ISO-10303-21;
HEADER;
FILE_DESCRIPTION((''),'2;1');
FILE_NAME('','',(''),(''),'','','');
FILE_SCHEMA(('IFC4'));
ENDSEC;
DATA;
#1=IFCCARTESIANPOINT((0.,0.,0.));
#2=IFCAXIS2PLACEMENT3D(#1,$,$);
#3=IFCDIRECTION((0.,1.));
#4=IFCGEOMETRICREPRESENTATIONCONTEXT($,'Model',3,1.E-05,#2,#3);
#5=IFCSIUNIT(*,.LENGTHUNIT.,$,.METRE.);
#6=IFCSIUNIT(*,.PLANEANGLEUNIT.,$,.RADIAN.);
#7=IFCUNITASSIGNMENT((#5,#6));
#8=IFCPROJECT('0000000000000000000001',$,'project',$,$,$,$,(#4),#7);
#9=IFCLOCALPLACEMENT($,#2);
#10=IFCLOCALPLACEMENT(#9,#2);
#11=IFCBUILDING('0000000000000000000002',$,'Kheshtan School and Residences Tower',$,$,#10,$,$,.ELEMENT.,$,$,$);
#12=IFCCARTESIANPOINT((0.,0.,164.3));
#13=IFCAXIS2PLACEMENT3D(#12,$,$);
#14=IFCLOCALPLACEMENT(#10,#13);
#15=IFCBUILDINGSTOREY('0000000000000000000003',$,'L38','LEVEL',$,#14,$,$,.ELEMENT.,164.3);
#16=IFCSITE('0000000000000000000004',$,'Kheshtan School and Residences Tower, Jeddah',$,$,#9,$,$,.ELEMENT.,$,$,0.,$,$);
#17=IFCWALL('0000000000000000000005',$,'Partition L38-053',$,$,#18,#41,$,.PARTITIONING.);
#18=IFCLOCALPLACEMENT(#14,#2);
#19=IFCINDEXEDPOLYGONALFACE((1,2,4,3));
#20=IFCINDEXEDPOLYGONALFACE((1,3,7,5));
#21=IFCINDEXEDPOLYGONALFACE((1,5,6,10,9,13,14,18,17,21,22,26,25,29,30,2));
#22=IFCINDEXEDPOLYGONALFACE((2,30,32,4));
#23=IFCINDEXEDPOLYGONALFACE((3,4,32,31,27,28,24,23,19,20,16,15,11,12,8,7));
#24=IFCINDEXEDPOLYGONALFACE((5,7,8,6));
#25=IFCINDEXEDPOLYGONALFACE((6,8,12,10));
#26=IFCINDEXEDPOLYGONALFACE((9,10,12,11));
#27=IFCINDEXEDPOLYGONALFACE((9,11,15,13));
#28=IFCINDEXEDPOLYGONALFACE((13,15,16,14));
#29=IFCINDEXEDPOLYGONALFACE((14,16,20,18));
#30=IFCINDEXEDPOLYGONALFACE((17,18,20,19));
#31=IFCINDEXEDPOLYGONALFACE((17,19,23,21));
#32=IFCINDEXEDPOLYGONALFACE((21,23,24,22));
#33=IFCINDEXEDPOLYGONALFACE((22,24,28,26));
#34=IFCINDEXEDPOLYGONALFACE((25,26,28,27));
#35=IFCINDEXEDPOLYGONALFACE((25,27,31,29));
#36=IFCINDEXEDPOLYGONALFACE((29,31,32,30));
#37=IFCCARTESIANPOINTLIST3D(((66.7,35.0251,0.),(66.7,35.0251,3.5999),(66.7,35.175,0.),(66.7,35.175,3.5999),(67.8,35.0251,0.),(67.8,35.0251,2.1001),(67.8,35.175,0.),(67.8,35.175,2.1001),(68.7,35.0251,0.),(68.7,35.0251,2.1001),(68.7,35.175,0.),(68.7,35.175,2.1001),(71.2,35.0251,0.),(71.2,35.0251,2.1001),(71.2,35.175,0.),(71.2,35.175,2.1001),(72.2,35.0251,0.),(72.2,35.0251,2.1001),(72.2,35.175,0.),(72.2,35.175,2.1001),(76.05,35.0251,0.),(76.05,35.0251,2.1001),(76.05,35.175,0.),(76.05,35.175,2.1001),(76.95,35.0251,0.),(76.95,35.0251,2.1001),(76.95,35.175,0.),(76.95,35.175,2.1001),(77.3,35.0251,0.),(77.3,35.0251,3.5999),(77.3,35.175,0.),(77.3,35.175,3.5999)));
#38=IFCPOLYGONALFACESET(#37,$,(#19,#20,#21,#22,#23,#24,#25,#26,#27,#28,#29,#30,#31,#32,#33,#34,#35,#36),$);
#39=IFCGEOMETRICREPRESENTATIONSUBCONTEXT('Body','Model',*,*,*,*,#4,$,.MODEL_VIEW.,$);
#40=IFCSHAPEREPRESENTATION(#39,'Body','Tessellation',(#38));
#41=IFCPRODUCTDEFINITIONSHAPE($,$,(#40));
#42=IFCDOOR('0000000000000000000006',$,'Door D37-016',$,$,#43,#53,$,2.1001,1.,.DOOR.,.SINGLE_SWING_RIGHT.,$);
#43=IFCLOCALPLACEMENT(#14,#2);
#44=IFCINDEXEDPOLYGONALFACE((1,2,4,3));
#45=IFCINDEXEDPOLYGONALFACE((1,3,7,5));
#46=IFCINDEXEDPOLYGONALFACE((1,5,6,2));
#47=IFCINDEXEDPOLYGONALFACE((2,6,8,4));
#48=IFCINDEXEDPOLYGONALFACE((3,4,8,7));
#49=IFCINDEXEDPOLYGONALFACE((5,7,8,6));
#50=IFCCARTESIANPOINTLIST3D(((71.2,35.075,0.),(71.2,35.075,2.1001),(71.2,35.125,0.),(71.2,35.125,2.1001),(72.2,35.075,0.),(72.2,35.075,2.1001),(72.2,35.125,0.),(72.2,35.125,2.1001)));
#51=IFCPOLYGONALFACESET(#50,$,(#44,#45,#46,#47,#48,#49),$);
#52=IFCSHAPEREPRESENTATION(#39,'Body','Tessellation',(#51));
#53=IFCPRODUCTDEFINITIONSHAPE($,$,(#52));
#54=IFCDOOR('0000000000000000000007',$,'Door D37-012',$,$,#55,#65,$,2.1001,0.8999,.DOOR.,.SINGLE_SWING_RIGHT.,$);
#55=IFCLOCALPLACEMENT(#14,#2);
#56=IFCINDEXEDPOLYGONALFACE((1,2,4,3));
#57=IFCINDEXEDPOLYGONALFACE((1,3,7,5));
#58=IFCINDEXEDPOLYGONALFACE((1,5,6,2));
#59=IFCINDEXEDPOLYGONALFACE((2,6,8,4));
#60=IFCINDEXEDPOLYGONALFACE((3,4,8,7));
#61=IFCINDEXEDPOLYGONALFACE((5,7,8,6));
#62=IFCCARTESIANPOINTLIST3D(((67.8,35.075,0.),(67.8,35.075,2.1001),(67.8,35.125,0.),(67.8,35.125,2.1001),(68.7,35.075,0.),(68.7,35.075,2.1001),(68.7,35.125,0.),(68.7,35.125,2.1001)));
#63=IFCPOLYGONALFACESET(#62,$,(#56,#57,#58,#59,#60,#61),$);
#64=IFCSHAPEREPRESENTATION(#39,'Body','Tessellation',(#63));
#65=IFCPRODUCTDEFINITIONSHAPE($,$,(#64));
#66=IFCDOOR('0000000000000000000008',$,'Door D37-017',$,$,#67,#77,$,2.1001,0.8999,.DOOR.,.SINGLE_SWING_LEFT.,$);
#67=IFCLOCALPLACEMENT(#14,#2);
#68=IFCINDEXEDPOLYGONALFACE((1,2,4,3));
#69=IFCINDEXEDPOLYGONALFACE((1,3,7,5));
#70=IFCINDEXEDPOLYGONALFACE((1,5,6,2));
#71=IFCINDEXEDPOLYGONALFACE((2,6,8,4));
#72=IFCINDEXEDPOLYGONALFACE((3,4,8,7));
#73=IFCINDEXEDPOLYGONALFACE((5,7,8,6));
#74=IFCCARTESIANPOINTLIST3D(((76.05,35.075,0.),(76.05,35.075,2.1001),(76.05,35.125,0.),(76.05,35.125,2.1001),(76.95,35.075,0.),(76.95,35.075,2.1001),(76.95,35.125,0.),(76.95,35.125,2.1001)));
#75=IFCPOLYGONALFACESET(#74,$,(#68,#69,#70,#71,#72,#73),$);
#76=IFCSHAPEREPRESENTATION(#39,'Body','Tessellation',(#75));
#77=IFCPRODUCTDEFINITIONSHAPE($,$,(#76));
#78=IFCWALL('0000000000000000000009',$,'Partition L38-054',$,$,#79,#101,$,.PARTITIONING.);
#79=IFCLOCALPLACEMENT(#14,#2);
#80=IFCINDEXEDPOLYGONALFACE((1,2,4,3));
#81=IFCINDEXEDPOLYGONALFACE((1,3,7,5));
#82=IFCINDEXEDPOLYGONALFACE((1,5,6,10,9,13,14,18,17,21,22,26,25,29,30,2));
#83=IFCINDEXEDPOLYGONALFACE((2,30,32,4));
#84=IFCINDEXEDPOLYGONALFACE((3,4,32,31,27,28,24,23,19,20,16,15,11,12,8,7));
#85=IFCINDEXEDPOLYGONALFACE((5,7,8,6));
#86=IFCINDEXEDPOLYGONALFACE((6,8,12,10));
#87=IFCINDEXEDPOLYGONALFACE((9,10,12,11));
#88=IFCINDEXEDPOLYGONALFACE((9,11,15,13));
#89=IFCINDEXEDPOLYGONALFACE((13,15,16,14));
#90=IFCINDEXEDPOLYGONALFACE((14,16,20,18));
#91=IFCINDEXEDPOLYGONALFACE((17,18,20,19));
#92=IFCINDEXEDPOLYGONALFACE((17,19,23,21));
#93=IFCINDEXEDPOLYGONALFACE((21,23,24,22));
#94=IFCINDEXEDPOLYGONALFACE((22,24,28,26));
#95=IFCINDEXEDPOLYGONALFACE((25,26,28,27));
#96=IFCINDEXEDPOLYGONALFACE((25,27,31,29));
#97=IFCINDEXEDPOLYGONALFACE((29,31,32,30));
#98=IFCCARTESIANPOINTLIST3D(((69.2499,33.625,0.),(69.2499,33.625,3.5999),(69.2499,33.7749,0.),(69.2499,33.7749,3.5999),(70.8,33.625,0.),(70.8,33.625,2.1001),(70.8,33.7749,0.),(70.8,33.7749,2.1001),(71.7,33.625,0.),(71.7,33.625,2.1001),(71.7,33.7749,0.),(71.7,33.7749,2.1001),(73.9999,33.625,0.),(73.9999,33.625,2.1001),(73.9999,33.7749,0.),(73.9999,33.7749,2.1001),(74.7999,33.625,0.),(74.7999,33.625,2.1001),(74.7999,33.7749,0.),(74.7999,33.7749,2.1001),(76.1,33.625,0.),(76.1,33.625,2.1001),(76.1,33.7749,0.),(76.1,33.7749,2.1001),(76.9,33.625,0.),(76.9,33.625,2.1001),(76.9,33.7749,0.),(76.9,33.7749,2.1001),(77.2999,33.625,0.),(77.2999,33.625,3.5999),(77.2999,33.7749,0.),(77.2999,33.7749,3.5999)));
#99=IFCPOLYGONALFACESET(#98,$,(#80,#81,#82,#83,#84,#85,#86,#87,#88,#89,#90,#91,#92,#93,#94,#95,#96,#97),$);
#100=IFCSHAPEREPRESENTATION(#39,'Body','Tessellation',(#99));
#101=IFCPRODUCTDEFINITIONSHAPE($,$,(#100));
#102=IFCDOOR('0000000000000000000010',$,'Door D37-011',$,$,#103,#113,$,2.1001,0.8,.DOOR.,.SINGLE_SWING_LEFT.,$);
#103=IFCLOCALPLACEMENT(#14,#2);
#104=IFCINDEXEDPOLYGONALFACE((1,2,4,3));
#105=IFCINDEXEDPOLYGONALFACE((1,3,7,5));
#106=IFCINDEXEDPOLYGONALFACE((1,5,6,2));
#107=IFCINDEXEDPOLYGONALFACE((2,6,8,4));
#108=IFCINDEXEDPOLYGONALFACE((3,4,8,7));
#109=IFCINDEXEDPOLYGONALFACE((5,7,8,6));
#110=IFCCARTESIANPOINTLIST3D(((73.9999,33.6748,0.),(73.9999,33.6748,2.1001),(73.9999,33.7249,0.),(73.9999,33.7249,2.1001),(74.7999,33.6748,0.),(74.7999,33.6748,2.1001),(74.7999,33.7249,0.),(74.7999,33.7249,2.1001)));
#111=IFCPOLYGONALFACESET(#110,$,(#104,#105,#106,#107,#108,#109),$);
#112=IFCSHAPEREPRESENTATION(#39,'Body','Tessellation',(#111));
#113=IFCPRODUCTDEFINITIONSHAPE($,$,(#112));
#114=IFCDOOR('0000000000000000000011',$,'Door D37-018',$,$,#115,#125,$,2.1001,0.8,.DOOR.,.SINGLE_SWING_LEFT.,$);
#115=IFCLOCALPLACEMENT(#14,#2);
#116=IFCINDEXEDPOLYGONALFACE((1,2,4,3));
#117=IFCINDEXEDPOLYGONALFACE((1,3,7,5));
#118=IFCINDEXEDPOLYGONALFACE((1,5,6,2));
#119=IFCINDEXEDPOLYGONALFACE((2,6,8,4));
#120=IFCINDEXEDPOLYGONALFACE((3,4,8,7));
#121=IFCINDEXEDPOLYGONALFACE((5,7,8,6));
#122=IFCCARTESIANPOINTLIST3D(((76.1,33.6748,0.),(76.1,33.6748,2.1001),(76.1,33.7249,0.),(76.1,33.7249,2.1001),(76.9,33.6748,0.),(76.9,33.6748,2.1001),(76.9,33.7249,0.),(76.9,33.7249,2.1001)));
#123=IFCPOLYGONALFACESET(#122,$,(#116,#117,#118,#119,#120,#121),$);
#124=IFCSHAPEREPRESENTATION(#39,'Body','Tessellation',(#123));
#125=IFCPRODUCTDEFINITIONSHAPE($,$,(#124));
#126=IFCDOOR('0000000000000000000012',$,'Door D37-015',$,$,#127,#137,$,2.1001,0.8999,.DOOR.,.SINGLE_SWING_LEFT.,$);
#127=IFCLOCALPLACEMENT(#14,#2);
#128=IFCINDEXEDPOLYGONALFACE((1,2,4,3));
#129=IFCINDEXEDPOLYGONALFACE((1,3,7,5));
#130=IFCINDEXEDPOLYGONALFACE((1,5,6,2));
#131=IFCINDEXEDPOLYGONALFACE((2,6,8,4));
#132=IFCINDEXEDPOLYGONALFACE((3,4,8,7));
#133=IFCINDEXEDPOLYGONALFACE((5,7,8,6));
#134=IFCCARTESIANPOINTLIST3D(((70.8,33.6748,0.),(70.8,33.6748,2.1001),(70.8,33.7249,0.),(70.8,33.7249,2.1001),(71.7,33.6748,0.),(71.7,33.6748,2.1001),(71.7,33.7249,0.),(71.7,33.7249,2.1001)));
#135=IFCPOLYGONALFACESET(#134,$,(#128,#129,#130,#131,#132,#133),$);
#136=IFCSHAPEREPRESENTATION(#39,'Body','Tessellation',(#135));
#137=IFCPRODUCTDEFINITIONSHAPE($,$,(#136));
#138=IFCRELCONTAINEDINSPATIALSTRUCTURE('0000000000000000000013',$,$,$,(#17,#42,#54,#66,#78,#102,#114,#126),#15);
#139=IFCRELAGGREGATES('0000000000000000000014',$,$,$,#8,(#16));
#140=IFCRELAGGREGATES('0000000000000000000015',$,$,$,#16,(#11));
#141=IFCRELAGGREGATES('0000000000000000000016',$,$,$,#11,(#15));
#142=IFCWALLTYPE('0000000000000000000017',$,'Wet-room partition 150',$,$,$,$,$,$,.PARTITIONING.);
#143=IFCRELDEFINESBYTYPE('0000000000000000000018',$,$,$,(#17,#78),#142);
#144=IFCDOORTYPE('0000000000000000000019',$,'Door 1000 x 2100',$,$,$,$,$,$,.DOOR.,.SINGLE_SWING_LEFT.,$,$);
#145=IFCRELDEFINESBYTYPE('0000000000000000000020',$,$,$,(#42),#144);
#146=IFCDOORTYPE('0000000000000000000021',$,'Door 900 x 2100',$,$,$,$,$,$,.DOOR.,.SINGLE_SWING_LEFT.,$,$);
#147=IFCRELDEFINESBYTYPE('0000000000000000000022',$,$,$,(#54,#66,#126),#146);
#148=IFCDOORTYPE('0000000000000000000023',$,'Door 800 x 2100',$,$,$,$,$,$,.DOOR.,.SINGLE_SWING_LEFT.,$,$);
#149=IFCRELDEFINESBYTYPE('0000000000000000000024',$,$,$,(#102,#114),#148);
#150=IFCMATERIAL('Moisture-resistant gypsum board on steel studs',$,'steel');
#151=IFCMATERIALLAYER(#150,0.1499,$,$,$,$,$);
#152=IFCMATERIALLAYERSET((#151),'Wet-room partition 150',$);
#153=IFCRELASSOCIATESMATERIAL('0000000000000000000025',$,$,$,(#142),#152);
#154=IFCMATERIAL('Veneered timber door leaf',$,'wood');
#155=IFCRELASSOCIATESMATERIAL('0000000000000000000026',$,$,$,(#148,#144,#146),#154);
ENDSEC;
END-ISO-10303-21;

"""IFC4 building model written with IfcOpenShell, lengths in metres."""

from ifc_helpers import new_model, si_unit, direction, frame, frame_2d, origin, place, context, subcontext, project, spatial, rectangle, extrude, source, transform, mapped, material, layer, layer_set, type_object, element, fill, save


model = new_model("IFC4")

# Units and contexts
model_context = context("Model", 3, precision=1e-05, world=origin(), true_north=direction((0.0, 1.0)))
body_context = subcontext(model_context, "Body", "Model", "MODEL_VIEW")
ifc_project = project(units=[si_unit("LENGTHUNIT", "METRE"), si_unit("PLANEANGLEUNIT", "RADIAN")], contexts=[model_context])

# Site, building, storey
site_placement = place(None, origin())
site = spatial("IfcSite", under=ifc_project, at=site_placement, Name="Kheshtan School and Residences Tower, Jeddah", CompositionType="ELEMENT", RefElevation=0.0)
building_placement = place(site_placement, origin())
building = spatial("IfcBuilding", under=site, at=building_placement, Name="Kheshtan School and Residences Tower", CompositionType="ELEMENT")
storey_placement = place(building_placement, frame((0.0, 0.0, 164.3)))
storey = spatial("IfcBuildingStorey", under=building, at=storey_placement, Name="L38", Description="LEVEL", CompositionType="ELEMENT", Elevation=164.3)

# Shared definitions
ifc_material_1 = material(Name="Moisture-resistant gypsum board on steel studs", Category="steel")
ifc_layer_1 = layer(ifc_material_1, 0.1499)
ifc_layer_set_1 = layer_set([ifc_layer_1], Name="Wet-room partition 150")
wall_type_1 = type_object("IfcWallType", Name="Wet-room partition 150", PredefinedType="PARTITIONING", material=ifc_layer_set_1)

# Shared definitions
ifc_material_2 = material(Name="Veneered timber door leaf", Category="wood")
door_type_1 = type_object("IfcDoorType", Name="Door 800 x 2100", OperationType="SINGLE_SWING_LEFT", PredefinedType="DOOR", material=ifc_material_2)
shared_shape_1 = source(origin(), body_context, "Body", "SweptSolid", [
    extrude(rectangle(XDim=0.8, YDim=2.1001, at=frame_2d((0.3999, 1.05))), frame((0.0, 0.0249, 0.0), z_axis=(0.0, -1.0, 0.0), x_axis=(1.0, 0.0, 0.0)), (0.0, 0.0, 1.0), 0.05),
])

# Walls, openings, doors
wall_1_placement = place(storey_placement, frame((66.7, 35.1001, 0.0), z_axis=(0.0, 0.0, 1.0), x_axis=(1.0, 0.0, 0.0)))
wall_1 = element("IfcWall", 1, at=wall_1_placement, inside=storey, type_object=wall_type_1, Name="Partition L38-053", PredefinedType="PARTITIONING", context=body_context, shape_type="SweptSolid", body=[
    extrude(rectangle(XDim=10.6001, YDim=0.1499, at=frame_2d((5.3, 0.0))), origin(), (0.0, 0.0, 1.0), 3.5999),
])
opening_1_placement = place(wall_1_placement, frame((1.1001, 0.0, 0.0)))
opening_1 = element("IfcOpeningElement", 2, at=opening_1_placement, cuts=wall_1, PredefinedType="OPENING", context=body_context, shape_type="SweptSolid", body=[
    extrude(rectangle(XDim=0.8999, YDim=2.1001, at=frame_2d((0.45, 1.05))), frame((0.0, 0.085, 0.0), z_axis=(0.0, -1.0, 0.0), x_axis=(1.0, 0.0, 0.0)), (0.0, 0.0, 1.0), 0.1699),
])
opening_2_placement = place(wall_1_placement, frame((4.5, 0.0, 0.0)))
opening_2 = element("IfcOpeningElement", 3, at=opening_2_placement, cuts=wall_1, PredefinedType="OPENING", context=body_context, shape_type="SweptSolid", body=[
    extrude(rectangle(XDim=1.0, YDim=2.1001, at=frame_2d((0.5, 1.05))), frame((0.0, 0.085, 0.0), z_axis=(0.0, -1.0, 0.0), x_axis=(1.0, 0.0, 0.0)), (0.0, 0.0, 1.0), 0.1699),
])
opening_3_placement = place(wall_1_placement, frame((9.3501, 0.0, 0.0)))
opening_3 = element("IfcOpeningElement", 4, at=opening_3_placement, cuts=wall_1, PredefinedType="OPENING", context=body_context, shape_type="SweptSolid", body=[
    extrude(rectangle(XDim=0.8999, YDim=2.1001, at=frame_2d((0.45, 1.05))), frame((0.0, 0.085, 0.0), z_axis=(0.0, -1.0, 0.0), x_axis=(1.0, 0.0, 0.0)), (0.0, 0.0, 1.0), 0.1699),
])
door_type_2 = type_object("IfcDoorType", Name="Door 1000 x 2100", OperationType="SINGLE_SWING_LEFT", PredefinedType="DOOR", material=ifc_material_2)
shared_shape_2 = source(origin(), body_context, "Body", "SweptSolid", [
    extrude(rectangle(XDim=1.0, YDim=2.1001, at=frame_2d((0.5, 1.05))), frame((0.0, 0.0249, 0.0), z_axis=(0.0, -1.0, 0.0), x_axis=(1.0, 0.0, 0.0)), (0.0, 0.0, 1.0), 0.05),
])
door_1_placement = place(opening_2_placement, origin())
door_1 = element("IfcDoor", 5, at=door_1_placement, inside=storey, type_object=door_type_2, Name="Door D37-016", OperationType="SINGLE_SWING_RIGHT", OverallHeight=2.1001, OverallWidth=1.0, PredefinedType="DOOR", context=body_context, shape_type="MappedRepresentation", body=[
    mapped(shared_shape_2, transform((0.0, 0.0, 0.0), x_axis=(1.0, 0.0, 0.0), y_axis=(0.0, 1.0, 0.0), z_axis=(0.0, 0.0, 1.0), scale=1.0)),
])
fill(opening_2, door_1)
door_type_3 = type_object("IfcDoorType", Name="Door 900 x 2100", OperationType="SINGLE_SWING_LEFT", PredefinedType="DOOR", material=ifc_material_2)
shared_shape_3 = source(origin(), body_context, "Body", "SweptSolid", [
    extrude(rectangle(XDim=0.8999, YDim=2.1001, at=frame_2d((0.45, 1.05))), frame((0.0, 0.0249, 0.0), z_axis=(0.0, -1.0, 0.0), x_axis=(1.0, 0.0, 0.0)), (0.0, 0.0, 1.0), 0.05),
])
door_2_placement = place(opening_1_placement, origin())
door_2 = element("IfcDoor", 6, at=door_2_placement, inside=storey, type_object=door_type_3, Name="Door D37-012", OperationType="SINGLE_SWING_RIGHT", OverallHeight=2.1001, OverallWidth=0.8999, PredefinedType="DOOR", context=body_context, shape_type="MappedRepresentation", body=[
    mapped(shared_shape_3, transform((0.0, 0.0, 0.0), x_axis=(1.0, 0.0, 0.0), y_axis=(0.0, 1.0, 0.0), z_axis=(0.0, 0.0, 1.0), scale=1.0)),
])
fill(opening_1, door_2)
door_3_placement = place(opening_3_placement, origin())
door_3 = element("IfcDoor", 7, at=door_3_placement, inside=storey, type_object=door_type_3, Name="Door D37-017", OperationType="SINGLE_SWING_LEFT", OverallHeight=2.1001, OverallWidth=0.8999, PredefinedType="DOOR", context=body_context, shape_type="MappedRepresentation", body=[
    mapped(shared_shape_3, transform((0.0, 0.0, 0.0), x_axis=(1.0, 0.0, 0.0), y_axis=(0.0, 1.0, 0.0), z_axis=(0.0, 0.0, 1.0), scale=1.0)),
])
fill(opening_3, door_3)
wall_2_placement = place(storey_placement, frame((69.25, 33.7, 0.0), z_axis=(0.0, 0.0, 1.0), x_axis=(1.0, 0.0, 0.0)))
wall_2 = element("IfcWall", 8, at=wall_2_placement, inside=storey, type_object=wall_type_1, Name="Partition L38-054", PredefinedType="PARTITIONING", context=body_context, shape_type="SweptSolid", body=[
    extrude(rectangle(XDim=8.05, YDim=0.1499, at=frame_2d((4.0249, 0.0))), origin(), (0.0, 0.0, 1.0), 3.5999),
])
opening_4_placement = place(wall_2_placement, frame((4.75, 0.0, 0.0)))
opening_4 = element("IfcOpeningElement", 9, at=opening_4_placement, cuts=wall_2, PredefinedType="OPENING", context=body_context, shape_type="SweptSolid", body=[
    extrude(rectangle(XDim=0.8, YDim=2.1001, at=frame_2d((0.3999, 1.05))), frame((0.0, 0.085, 0.0), z_axis=(0.0, -1.0, 0.0), x_axis=(1.0, 0.0, 0.0)), (0.0, 0.0, 1.0), 0.1699),
])
opening_5_placement = place(wall_2_placement, frame((1.55, 0.0, 0.0)))
opening_5 = element("IfcOpeningElement", 10, at=opening_5_placement, cuts=wall_2, PredefinedType="OPENING", context=body_context, shape_type="SweptSolid", body=[
    extrude(rectangle(XDim=0.8999, YDim=2.1001, at=frame_2d((0.45, 1.05))), frame((0.0, 0.085, 0.0), z_axis=(0.0, -1.0, 0.0), x_axis=(1.0, 0.0, 0.0)), (0.0, 0.0, 1.0), 0.1699),
])
opening_6_placement = place(wall_2_placement, frame((6.8501, 0.0, 0.0)))
opening_6 = element("IfcOpeningElement", 11, at=opening_6_placement, cuts=wall_2, PredefinedType="OPENING", context=body_context, shape_type="SweptSolid", body=[
    extrude(rectangle(XDim=0.8, YDim=2.1001, at=frame_2d((0.3999, 1.05))), frame((0.0, 0.085, 0.0), z_axis=(0.0, -1.0, 0.0), x_axis=(1.0, 0.0, 0.0)), (0.0, 0.0, 1.0), 0.1699),
])
door_4_placement = place(opening_4_placement, origin())
door_4 = element("IfcDoor", 12, at=door_4_placement, inside=storey, type_object=door_type_1, Name="Door D37-011", OperationType="SINGLE_SWING_LEFT", OverallHeight=2.1001, OverallWidth=0.8, PredefinedType="DOOR", context=body_context, shape_type="MappedRepresentation", body=[
    mapped(shared_shape_1, transform((0.0, 0.0, 0.0), x_axis=(1.0, 0.0, 0.0), y_axis=(0.0, 1.0, 0.0), z_axis=(0.0, 0.0, 1.0), scale=1.0)),
])
fill(opening_4, door_4)
door_5_placement = place(opening_6_placement, origin())
door_5 = element("IfcDoor", 13, at=door_5_placement, inside=storey, type_object=door_type_1, Name="Door D37-018", OperationType="SINGLE_SWING_LEFT", OverallHeight=2.1001, OverallWidth=0.8, PredefinedType="DOOR", context=body_context, shape_type="MappedRepresentation", body=[
    mapped(shared_shape_1, transform((0.0, 0.0, 0.0), x_axis=(1.0, 0.0, 0.0), y_axis=(0.0, 1.0, 0.0), z_axis=(0.0, 0.0, 1.0), scale=1.0)),
])
fill(opening_6, door_5)
door_6_placement = place(opening_5_placement, origin())
door_6 = element("IfcDoor", 14, at=door_6_placement, inside=storey, type_object=door_type_3, Name="Door D37-015", OperationType="SINGLE_SWING_LEFT", OverallHeight=2.1001, OverallWidth=0.8999, PredefinedType="DOOR", context=body_context, shape_type="MappedRepresentation", body=[
    mapped(shared_shape_3, transform((0.0, 0.0, 0.0), x_axis=(1.0, 0.0, 0.0), y_axis=(0.0, 1.0, 0.0), z_axis=(0.0, 0.0, 1.0), scale=1.0)),
])
fill(opening_5, door_6)

save(model, "model.ifc")
